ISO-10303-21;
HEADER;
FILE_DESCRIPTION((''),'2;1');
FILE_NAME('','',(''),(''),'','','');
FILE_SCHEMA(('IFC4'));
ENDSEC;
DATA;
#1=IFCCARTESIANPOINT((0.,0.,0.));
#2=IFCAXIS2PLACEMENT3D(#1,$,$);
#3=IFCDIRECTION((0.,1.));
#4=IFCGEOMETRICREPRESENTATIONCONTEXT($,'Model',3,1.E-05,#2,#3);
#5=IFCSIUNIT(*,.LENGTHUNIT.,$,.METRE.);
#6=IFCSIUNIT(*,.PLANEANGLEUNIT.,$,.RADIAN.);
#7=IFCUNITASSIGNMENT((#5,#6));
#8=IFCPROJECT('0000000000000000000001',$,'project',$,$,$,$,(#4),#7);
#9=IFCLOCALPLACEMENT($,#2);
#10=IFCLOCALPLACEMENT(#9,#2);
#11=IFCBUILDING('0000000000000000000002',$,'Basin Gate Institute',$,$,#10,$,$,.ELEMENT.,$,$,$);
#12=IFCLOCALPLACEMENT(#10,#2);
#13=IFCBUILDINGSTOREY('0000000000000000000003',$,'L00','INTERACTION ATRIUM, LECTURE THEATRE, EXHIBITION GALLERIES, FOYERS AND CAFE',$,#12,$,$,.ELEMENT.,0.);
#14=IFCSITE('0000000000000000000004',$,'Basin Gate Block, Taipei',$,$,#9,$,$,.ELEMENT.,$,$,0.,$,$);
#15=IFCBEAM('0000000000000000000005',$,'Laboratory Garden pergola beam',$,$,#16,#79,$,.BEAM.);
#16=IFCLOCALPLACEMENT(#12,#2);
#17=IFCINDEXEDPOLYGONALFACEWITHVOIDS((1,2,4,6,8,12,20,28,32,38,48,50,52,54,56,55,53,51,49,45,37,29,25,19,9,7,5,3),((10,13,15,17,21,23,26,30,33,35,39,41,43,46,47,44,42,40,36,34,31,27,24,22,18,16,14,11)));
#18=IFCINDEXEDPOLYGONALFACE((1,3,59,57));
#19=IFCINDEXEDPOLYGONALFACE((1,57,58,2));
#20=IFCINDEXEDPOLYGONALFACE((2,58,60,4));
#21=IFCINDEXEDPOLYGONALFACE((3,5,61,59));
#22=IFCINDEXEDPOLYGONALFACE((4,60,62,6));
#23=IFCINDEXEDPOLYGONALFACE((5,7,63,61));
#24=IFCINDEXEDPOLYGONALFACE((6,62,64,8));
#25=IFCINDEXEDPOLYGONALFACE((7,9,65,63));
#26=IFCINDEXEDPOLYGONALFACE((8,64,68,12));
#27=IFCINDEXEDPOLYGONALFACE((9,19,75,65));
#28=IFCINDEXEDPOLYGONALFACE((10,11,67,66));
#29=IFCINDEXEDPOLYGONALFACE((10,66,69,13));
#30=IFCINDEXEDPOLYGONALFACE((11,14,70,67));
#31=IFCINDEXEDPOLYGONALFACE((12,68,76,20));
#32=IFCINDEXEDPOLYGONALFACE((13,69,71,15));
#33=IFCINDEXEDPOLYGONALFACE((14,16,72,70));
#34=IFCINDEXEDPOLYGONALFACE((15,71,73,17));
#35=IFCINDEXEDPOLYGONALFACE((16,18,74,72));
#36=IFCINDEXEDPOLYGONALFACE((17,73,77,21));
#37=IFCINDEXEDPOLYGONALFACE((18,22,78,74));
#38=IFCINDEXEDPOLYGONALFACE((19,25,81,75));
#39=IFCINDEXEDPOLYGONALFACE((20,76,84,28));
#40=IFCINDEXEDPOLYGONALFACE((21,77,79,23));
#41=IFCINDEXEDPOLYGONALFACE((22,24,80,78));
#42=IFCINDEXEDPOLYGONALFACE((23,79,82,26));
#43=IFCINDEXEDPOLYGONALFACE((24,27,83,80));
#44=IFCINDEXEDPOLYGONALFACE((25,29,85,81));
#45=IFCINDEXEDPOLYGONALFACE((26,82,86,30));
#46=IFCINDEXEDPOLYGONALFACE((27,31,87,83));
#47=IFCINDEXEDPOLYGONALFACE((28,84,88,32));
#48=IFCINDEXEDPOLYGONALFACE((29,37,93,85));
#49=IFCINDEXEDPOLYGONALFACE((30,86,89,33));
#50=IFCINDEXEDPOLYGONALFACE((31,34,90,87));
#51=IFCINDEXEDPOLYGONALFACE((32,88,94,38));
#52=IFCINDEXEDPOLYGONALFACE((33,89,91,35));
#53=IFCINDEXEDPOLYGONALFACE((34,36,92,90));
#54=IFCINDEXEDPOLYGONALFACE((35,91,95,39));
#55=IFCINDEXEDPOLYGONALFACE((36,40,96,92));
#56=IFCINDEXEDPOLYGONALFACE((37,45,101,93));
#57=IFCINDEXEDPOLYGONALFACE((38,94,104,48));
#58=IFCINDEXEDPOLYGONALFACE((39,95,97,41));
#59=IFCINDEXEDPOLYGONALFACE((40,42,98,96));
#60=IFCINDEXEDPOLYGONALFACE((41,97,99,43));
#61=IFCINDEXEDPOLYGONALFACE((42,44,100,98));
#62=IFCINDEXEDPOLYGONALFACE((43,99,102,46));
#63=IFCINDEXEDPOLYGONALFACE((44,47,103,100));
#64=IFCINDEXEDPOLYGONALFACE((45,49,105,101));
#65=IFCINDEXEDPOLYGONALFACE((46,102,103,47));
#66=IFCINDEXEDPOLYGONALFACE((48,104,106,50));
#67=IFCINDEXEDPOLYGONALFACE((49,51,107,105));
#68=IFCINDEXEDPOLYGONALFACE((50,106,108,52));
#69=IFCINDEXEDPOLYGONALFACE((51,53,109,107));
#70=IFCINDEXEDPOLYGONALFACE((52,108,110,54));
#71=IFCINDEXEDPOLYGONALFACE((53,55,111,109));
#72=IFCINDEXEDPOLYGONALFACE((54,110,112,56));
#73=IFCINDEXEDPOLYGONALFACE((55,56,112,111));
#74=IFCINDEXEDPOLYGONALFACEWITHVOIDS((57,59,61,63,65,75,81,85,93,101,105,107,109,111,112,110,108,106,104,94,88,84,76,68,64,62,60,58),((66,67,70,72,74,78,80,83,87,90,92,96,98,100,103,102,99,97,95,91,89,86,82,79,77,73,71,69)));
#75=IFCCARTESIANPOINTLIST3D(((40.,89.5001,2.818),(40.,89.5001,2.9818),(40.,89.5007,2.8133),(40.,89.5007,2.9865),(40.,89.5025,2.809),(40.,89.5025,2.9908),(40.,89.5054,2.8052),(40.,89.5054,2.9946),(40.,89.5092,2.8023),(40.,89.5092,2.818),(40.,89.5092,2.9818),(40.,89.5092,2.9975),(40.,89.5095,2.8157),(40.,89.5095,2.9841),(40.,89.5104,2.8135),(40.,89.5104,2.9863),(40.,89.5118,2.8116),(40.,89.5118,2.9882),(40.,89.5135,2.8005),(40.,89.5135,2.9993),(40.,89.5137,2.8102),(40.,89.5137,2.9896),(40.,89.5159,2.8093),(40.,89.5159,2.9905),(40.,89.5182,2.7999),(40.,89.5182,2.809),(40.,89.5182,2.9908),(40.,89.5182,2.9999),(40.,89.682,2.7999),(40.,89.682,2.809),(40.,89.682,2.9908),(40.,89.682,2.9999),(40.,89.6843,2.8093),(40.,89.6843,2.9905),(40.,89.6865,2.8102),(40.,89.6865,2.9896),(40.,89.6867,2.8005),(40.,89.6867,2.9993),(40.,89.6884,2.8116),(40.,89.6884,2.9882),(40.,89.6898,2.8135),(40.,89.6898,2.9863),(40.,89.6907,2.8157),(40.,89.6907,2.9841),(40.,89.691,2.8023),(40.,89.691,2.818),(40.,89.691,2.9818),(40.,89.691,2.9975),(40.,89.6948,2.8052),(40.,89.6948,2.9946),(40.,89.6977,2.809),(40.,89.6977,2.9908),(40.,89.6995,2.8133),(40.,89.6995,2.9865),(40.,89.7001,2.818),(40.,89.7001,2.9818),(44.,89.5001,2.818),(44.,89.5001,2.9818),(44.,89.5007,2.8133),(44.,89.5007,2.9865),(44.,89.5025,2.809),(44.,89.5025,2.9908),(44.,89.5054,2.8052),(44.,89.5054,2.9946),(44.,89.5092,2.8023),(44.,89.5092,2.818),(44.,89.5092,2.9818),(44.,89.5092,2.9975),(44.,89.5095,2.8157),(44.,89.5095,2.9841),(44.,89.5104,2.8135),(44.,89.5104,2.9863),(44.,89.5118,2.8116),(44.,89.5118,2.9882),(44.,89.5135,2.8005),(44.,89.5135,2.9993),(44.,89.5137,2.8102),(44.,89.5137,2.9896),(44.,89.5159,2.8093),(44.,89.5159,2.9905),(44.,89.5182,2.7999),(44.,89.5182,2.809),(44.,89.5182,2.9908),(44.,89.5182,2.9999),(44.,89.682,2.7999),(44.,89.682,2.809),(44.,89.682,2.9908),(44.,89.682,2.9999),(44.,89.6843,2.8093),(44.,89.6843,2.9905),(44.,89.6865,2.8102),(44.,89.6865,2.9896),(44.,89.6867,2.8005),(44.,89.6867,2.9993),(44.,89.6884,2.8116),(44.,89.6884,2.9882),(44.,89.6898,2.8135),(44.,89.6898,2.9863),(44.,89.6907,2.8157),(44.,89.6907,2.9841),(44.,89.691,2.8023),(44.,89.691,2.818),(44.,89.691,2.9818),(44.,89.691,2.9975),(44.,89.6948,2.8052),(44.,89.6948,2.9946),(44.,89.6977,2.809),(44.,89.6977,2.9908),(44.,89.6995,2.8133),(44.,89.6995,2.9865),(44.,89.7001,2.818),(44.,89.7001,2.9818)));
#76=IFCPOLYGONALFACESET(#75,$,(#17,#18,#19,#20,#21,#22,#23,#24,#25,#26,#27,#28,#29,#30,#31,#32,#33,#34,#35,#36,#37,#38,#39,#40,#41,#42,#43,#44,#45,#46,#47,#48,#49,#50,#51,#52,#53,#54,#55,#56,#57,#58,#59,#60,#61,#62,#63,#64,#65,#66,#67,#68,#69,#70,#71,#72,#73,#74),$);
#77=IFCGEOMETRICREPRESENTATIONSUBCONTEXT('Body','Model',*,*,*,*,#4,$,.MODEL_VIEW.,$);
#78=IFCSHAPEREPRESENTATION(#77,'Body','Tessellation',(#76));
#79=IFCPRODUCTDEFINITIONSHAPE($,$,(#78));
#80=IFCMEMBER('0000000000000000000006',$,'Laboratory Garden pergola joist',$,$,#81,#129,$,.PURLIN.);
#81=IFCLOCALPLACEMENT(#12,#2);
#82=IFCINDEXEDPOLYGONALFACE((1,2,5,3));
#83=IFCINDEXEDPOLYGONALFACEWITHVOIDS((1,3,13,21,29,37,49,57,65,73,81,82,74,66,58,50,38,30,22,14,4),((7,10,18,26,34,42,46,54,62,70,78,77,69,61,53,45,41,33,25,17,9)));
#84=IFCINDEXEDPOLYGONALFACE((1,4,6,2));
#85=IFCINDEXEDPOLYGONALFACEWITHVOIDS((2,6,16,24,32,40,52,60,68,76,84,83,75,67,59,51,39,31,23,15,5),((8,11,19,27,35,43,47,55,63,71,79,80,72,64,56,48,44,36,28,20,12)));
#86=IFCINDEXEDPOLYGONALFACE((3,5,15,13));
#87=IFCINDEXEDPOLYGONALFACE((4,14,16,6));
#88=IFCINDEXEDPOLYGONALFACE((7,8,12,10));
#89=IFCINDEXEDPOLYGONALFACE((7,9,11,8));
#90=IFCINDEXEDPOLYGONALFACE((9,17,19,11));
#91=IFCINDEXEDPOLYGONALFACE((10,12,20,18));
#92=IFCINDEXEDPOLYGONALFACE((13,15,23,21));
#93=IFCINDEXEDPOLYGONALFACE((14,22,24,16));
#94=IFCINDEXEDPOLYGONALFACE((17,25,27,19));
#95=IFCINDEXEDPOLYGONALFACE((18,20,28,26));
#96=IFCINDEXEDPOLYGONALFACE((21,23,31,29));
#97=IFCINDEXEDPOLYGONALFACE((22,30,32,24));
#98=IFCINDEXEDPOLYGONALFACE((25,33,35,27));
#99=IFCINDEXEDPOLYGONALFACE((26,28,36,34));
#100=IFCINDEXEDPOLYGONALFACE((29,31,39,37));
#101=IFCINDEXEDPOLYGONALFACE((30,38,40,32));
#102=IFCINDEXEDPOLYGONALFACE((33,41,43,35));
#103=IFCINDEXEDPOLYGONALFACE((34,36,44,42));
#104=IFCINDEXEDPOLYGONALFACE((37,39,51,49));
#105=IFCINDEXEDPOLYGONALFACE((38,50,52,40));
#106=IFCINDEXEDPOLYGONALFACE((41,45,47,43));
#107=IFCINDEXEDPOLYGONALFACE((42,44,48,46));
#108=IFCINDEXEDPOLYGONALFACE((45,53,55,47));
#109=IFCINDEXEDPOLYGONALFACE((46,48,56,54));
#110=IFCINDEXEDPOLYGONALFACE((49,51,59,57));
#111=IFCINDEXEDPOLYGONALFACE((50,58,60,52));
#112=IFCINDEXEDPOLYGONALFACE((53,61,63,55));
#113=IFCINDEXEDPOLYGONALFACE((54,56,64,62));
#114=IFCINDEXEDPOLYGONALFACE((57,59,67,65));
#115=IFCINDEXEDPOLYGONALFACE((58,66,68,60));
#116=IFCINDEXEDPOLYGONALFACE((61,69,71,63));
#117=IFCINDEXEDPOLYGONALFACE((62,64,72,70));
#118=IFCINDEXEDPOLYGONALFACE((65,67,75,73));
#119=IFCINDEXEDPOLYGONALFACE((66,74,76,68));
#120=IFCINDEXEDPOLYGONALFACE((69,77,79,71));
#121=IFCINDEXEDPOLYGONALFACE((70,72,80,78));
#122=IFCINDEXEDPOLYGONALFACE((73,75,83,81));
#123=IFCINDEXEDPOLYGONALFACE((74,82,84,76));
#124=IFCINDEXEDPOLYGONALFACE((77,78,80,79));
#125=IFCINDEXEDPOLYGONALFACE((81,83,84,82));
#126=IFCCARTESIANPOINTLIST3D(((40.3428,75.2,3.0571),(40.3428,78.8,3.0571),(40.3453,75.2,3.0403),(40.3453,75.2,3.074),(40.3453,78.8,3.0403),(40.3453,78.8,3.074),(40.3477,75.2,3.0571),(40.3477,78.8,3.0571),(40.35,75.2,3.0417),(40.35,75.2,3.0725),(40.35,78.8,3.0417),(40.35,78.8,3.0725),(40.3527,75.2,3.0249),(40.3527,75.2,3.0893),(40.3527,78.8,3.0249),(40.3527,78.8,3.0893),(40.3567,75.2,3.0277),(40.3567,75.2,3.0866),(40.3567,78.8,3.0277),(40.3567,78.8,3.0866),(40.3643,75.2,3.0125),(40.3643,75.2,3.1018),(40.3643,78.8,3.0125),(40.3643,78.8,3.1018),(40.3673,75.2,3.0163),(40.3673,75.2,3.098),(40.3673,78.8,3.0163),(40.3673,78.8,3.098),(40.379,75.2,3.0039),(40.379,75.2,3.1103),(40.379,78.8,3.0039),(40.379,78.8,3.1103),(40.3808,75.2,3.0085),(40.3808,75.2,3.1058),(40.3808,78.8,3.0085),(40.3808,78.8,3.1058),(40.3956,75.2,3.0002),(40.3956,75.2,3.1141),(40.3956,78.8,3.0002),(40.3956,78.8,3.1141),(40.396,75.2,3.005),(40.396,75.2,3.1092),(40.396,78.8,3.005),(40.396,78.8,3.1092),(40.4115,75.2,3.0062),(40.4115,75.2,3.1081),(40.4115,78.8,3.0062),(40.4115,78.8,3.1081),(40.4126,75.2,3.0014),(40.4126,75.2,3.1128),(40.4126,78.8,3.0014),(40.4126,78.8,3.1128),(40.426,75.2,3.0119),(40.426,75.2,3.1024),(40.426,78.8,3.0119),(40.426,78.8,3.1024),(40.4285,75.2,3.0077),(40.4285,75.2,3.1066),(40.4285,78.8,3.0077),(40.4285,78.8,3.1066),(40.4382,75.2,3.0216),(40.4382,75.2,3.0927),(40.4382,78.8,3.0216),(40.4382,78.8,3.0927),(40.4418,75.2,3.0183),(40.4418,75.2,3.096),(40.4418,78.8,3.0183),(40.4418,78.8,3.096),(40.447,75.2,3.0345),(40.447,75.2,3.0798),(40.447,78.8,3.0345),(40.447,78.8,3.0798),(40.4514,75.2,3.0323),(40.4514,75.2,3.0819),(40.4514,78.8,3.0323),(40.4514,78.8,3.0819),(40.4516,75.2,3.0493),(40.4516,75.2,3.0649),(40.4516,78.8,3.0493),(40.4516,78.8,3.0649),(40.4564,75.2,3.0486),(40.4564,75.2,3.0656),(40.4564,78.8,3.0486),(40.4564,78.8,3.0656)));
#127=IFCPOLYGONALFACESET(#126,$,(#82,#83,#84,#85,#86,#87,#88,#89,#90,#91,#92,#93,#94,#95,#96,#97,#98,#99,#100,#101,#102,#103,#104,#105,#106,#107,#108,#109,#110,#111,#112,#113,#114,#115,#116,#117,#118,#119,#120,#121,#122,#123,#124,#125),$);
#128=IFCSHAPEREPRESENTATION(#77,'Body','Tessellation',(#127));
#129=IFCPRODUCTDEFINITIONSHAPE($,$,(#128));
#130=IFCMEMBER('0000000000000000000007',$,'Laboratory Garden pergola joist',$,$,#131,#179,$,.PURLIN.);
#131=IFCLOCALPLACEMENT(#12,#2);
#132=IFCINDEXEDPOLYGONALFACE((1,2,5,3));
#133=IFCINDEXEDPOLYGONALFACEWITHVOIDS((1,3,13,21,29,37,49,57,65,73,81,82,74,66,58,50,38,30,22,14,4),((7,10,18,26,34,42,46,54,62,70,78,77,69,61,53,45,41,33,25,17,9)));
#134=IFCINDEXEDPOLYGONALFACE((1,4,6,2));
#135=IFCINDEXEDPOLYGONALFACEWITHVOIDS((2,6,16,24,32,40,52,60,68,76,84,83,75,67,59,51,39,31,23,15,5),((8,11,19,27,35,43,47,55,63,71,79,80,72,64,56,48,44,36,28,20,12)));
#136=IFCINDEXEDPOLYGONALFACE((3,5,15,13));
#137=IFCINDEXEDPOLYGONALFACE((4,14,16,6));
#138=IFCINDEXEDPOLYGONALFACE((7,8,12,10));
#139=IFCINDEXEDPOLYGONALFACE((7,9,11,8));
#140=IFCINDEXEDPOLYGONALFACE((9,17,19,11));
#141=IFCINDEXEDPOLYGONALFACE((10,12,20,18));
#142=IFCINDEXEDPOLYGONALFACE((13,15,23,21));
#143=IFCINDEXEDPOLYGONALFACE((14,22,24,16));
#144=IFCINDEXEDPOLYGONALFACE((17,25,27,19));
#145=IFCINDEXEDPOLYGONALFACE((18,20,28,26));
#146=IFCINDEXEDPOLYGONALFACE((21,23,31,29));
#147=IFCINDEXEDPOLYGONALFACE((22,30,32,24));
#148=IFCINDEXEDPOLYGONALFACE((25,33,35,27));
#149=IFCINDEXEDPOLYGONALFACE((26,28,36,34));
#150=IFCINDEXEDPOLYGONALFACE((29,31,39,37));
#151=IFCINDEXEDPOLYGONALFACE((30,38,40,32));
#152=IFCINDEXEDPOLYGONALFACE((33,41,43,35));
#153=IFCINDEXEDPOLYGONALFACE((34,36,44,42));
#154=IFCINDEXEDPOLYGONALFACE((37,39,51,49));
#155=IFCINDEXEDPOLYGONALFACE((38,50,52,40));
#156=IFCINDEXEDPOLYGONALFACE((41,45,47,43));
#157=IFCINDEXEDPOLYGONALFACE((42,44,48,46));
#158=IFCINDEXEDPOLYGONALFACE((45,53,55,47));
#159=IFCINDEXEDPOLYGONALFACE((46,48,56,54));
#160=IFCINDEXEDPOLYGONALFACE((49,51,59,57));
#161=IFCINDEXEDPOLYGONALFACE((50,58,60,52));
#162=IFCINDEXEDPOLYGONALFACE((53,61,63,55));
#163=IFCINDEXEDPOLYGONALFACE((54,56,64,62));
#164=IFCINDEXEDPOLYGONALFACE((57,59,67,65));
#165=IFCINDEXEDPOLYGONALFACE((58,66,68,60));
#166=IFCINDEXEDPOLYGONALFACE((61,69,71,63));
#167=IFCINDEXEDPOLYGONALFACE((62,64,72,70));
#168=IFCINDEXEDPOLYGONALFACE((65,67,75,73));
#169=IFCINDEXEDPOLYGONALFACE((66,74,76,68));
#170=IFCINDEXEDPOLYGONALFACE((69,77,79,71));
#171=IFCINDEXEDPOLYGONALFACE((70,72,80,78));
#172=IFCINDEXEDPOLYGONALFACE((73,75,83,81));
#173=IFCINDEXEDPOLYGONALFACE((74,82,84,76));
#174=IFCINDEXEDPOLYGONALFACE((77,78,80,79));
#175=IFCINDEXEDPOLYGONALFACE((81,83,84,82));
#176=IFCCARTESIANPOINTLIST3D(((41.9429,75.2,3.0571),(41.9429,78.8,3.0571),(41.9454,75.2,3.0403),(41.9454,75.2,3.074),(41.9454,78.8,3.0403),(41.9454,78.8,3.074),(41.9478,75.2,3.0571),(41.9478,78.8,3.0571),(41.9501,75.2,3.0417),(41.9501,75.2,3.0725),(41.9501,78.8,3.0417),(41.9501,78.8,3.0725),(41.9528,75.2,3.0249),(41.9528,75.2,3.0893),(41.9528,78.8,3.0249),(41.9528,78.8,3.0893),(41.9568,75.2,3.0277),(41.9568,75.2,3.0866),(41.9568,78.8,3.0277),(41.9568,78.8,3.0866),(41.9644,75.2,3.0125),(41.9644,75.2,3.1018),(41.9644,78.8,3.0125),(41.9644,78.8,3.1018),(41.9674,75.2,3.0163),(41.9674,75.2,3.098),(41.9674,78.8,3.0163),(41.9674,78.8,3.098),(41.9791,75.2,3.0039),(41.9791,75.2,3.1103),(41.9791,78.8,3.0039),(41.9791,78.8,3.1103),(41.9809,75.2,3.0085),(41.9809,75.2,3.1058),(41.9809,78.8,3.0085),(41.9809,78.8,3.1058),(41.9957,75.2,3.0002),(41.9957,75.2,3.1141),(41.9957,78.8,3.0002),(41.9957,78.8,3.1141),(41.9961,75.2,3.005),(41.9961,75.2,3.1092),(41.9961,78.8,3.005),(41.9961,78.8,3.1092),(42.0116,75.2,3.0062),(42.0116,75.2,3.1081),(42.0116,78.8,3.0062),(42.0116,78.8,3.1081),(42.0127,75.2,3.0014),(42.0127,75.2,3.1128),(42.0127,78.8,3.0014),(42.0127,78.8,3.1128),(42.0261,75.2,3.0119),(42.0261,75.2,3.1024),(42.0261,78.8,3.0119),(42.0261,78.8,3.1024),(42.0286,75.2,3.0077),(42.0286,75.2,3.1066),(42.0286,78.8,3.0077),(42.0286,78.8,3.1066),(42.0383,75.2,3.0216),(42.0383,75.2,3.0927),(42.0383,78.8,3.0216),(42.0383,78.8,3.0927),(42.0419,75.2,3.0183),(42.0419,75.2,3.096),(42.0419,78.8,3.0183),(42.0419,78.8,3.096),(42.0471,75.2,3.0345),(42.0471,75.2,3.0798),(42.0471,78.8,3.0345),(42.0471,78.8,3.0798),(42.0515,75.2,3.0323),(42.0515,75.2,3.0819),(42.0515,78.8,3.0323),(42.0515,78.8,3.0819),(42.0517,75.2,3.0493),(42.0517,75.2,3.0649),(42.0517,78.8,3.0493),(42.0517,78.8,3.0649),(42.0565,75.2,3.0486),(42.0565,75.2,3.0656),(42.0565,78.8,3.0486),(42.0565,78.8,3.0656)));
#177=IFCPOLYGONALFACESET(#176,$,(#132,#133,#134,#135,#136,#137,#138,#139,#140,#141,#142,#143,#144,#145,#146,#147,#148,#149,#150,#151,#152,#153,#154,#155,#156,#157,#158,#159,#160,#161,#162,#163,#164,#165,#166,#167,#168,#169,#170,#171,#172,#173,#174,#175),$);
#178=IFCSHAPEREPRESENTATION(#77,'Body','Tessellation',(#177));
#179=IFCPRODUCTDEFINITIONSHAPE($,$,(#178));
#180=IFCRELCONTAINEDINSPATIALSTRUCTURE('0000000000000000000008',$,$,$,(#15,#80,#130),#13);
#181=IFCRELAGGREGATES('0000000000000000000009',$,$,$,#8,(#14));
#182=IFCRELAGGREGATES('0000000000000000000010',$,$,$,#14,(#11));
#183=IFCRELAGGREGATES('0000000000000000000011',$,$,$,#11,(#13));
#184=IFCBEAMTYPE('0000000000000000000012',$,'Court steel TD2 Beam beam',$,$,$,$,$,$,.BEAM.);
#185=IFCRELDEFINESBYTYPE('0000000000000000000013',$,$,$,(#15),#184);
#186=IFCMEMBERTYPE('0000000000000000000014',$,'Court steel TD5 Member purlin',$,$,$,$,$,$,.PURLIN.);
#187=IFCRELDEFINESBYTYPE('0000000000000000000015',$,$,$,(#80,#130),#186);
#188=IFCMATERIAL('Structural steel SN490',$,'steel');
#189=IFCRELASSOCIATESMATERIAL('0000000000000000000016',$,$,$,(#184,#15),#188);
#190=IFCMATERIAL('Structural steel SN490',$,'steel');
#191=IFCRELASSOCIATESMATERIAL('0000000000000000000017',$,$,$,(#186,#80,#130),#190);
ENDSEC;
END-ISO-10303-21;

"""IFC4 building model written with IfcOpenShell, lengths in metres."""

from ifc_helpers import new_model, si_unit, direction, frame, origin, origin_2d, place, context, subcontext, project, spatial, hollow_rectangle, hollow_circle, extrude, material, material_profile, profile_set, type_object, element, save


model = new_model("IFC4")

# Units and contexts
model_context = context("Model", 3, precision=1e-05, world=origin(), true_north=direction((0.0, 1.0)))
body_context = subcontext(model_context, "Body", "Model", "MODEL_VIEW")
ifc_project = project(units=[si_unit("LENGTHUNIT", "METRE"), si_unit("PLANEANGLEUNIT", "RADIAN")], contexts=[model_context])

# Site, building, storey
site_placement = place(None, origin())
site = spatial("IfcSite", under=ifc_project, at=site_placement, Name="Basin Gate Block, Taipei", CompositionType="ELEMENT", RefElevation=0.0)
building_placement = place(site_placement, origin())
building = spatial("IfcBuilding", under=site, at=building_placement, Name="Basin Gate Institute", CompositionType="ELEMENT")
storey_placement = place(building_placement, origin())
storey = spatial("IfcBuildingStorey", under=building, at=storey_placement, Name="L00", Description="INTERACTION ATRIUM, LECTURE THEATRE, EXHIBITION GALLERIES, FOYERS AND CAFE", CompositionType="ELEMENT", Elevation=0.0)

# Beam
ifc_material_1 = material(Name="Structural steel SN490", Category="steel")
ifc_material_profile_1 = material_profile(ifc_material_1, hollow_rectangle(XDim=0.2, YDim=0.2, WallThickness=0.009, InnerFilletRadius=0.009, OuterFilletRadius=0.0181, at=origin_2d()), Name="RHS200x200x9")
ifc_profile_set_1 = profile_set([ifc_material_profile_1], Name="Structural steel SN490")
beam_type = type_object("IfcBeamType", Name="Court steel TD2 Beam beam", PredefinedType="BEAM", material=ifc_profile_set_1)
for number, where, z_axis, x_axis, name in (
    (1, (40.0, 89.6001, 2.8999), (1.0, 0.0, 0.0), (0.0, 1.0, 0.0), "Laboratory Garden pergola beam"),
):
    element("IfcBeam", number, at=place(storey_placement, frame(where, z_axis=z_axis, x_axis=x_axis)), inside=storey, type_object=beam_type, material=ifc_profile_set_1, Name=name, PredefinedType="BEAM", context=body_context, shape_type="SweptSolid", body=[
        extrude(hollow_rectangle(XDim=0.2, YDim=0.2, WallThickness=0.009, InnerFilletRadius=0.009, OuterFilletRadius=0.0181, at=origin_2d()), origin(), (0.0, 0.0, 1.0), 4.0),
    ])

# Members
ifc_material_2 = material(Name="Structural steel SN490", Category="steel")
ifc_material_profile_2 = material_profile(ifc_material_2, hollow_circle(Radius=0.0571, WallThickness=0.0049, at=origin_2d()), Name="CHS114x5")
ifc_profile_set_2 = profile_set([ifc_material_profile_2], Name="Structural steel SN490")
member_type = type_object("IfcMemberType", Name="Court steel TD5 Member purlin", PredefinedType="PURLIN", material=ifc_profile_set_2)
for number, where, z_axis, x_axis, name in (
    (2, (40.3999, 75.2, 3.0571), (0.0, 1.0, 0.0), (-1.0, 0.0, 0.0), "Laboratory Garden pergola joist"),
    (3, (42.0, 75.2, 3.0571), (0.0, 1.0, 0.0), (-1.0, 0.0, 0.0), "Laboratory Garden pergola joist"),
):
    element("IfcMember", number, at=place(storey_placement, frame(where, z_axis=z_axis, x_axis=x_axis)), inside=storey, type_object=member_type, material=ifc_profile_set_2, Name=name, PredefinedType="PURLIN", context=body_context, shape_type="SweptSolid", body=[
        extrude(hollow_circle(Radius=0.0571, WallThickness=0.0049, at=origin_2d()), origin(), (0.0, 0.0, 1.0), 3.6001),
    ])

save(model, "model.ifc")
